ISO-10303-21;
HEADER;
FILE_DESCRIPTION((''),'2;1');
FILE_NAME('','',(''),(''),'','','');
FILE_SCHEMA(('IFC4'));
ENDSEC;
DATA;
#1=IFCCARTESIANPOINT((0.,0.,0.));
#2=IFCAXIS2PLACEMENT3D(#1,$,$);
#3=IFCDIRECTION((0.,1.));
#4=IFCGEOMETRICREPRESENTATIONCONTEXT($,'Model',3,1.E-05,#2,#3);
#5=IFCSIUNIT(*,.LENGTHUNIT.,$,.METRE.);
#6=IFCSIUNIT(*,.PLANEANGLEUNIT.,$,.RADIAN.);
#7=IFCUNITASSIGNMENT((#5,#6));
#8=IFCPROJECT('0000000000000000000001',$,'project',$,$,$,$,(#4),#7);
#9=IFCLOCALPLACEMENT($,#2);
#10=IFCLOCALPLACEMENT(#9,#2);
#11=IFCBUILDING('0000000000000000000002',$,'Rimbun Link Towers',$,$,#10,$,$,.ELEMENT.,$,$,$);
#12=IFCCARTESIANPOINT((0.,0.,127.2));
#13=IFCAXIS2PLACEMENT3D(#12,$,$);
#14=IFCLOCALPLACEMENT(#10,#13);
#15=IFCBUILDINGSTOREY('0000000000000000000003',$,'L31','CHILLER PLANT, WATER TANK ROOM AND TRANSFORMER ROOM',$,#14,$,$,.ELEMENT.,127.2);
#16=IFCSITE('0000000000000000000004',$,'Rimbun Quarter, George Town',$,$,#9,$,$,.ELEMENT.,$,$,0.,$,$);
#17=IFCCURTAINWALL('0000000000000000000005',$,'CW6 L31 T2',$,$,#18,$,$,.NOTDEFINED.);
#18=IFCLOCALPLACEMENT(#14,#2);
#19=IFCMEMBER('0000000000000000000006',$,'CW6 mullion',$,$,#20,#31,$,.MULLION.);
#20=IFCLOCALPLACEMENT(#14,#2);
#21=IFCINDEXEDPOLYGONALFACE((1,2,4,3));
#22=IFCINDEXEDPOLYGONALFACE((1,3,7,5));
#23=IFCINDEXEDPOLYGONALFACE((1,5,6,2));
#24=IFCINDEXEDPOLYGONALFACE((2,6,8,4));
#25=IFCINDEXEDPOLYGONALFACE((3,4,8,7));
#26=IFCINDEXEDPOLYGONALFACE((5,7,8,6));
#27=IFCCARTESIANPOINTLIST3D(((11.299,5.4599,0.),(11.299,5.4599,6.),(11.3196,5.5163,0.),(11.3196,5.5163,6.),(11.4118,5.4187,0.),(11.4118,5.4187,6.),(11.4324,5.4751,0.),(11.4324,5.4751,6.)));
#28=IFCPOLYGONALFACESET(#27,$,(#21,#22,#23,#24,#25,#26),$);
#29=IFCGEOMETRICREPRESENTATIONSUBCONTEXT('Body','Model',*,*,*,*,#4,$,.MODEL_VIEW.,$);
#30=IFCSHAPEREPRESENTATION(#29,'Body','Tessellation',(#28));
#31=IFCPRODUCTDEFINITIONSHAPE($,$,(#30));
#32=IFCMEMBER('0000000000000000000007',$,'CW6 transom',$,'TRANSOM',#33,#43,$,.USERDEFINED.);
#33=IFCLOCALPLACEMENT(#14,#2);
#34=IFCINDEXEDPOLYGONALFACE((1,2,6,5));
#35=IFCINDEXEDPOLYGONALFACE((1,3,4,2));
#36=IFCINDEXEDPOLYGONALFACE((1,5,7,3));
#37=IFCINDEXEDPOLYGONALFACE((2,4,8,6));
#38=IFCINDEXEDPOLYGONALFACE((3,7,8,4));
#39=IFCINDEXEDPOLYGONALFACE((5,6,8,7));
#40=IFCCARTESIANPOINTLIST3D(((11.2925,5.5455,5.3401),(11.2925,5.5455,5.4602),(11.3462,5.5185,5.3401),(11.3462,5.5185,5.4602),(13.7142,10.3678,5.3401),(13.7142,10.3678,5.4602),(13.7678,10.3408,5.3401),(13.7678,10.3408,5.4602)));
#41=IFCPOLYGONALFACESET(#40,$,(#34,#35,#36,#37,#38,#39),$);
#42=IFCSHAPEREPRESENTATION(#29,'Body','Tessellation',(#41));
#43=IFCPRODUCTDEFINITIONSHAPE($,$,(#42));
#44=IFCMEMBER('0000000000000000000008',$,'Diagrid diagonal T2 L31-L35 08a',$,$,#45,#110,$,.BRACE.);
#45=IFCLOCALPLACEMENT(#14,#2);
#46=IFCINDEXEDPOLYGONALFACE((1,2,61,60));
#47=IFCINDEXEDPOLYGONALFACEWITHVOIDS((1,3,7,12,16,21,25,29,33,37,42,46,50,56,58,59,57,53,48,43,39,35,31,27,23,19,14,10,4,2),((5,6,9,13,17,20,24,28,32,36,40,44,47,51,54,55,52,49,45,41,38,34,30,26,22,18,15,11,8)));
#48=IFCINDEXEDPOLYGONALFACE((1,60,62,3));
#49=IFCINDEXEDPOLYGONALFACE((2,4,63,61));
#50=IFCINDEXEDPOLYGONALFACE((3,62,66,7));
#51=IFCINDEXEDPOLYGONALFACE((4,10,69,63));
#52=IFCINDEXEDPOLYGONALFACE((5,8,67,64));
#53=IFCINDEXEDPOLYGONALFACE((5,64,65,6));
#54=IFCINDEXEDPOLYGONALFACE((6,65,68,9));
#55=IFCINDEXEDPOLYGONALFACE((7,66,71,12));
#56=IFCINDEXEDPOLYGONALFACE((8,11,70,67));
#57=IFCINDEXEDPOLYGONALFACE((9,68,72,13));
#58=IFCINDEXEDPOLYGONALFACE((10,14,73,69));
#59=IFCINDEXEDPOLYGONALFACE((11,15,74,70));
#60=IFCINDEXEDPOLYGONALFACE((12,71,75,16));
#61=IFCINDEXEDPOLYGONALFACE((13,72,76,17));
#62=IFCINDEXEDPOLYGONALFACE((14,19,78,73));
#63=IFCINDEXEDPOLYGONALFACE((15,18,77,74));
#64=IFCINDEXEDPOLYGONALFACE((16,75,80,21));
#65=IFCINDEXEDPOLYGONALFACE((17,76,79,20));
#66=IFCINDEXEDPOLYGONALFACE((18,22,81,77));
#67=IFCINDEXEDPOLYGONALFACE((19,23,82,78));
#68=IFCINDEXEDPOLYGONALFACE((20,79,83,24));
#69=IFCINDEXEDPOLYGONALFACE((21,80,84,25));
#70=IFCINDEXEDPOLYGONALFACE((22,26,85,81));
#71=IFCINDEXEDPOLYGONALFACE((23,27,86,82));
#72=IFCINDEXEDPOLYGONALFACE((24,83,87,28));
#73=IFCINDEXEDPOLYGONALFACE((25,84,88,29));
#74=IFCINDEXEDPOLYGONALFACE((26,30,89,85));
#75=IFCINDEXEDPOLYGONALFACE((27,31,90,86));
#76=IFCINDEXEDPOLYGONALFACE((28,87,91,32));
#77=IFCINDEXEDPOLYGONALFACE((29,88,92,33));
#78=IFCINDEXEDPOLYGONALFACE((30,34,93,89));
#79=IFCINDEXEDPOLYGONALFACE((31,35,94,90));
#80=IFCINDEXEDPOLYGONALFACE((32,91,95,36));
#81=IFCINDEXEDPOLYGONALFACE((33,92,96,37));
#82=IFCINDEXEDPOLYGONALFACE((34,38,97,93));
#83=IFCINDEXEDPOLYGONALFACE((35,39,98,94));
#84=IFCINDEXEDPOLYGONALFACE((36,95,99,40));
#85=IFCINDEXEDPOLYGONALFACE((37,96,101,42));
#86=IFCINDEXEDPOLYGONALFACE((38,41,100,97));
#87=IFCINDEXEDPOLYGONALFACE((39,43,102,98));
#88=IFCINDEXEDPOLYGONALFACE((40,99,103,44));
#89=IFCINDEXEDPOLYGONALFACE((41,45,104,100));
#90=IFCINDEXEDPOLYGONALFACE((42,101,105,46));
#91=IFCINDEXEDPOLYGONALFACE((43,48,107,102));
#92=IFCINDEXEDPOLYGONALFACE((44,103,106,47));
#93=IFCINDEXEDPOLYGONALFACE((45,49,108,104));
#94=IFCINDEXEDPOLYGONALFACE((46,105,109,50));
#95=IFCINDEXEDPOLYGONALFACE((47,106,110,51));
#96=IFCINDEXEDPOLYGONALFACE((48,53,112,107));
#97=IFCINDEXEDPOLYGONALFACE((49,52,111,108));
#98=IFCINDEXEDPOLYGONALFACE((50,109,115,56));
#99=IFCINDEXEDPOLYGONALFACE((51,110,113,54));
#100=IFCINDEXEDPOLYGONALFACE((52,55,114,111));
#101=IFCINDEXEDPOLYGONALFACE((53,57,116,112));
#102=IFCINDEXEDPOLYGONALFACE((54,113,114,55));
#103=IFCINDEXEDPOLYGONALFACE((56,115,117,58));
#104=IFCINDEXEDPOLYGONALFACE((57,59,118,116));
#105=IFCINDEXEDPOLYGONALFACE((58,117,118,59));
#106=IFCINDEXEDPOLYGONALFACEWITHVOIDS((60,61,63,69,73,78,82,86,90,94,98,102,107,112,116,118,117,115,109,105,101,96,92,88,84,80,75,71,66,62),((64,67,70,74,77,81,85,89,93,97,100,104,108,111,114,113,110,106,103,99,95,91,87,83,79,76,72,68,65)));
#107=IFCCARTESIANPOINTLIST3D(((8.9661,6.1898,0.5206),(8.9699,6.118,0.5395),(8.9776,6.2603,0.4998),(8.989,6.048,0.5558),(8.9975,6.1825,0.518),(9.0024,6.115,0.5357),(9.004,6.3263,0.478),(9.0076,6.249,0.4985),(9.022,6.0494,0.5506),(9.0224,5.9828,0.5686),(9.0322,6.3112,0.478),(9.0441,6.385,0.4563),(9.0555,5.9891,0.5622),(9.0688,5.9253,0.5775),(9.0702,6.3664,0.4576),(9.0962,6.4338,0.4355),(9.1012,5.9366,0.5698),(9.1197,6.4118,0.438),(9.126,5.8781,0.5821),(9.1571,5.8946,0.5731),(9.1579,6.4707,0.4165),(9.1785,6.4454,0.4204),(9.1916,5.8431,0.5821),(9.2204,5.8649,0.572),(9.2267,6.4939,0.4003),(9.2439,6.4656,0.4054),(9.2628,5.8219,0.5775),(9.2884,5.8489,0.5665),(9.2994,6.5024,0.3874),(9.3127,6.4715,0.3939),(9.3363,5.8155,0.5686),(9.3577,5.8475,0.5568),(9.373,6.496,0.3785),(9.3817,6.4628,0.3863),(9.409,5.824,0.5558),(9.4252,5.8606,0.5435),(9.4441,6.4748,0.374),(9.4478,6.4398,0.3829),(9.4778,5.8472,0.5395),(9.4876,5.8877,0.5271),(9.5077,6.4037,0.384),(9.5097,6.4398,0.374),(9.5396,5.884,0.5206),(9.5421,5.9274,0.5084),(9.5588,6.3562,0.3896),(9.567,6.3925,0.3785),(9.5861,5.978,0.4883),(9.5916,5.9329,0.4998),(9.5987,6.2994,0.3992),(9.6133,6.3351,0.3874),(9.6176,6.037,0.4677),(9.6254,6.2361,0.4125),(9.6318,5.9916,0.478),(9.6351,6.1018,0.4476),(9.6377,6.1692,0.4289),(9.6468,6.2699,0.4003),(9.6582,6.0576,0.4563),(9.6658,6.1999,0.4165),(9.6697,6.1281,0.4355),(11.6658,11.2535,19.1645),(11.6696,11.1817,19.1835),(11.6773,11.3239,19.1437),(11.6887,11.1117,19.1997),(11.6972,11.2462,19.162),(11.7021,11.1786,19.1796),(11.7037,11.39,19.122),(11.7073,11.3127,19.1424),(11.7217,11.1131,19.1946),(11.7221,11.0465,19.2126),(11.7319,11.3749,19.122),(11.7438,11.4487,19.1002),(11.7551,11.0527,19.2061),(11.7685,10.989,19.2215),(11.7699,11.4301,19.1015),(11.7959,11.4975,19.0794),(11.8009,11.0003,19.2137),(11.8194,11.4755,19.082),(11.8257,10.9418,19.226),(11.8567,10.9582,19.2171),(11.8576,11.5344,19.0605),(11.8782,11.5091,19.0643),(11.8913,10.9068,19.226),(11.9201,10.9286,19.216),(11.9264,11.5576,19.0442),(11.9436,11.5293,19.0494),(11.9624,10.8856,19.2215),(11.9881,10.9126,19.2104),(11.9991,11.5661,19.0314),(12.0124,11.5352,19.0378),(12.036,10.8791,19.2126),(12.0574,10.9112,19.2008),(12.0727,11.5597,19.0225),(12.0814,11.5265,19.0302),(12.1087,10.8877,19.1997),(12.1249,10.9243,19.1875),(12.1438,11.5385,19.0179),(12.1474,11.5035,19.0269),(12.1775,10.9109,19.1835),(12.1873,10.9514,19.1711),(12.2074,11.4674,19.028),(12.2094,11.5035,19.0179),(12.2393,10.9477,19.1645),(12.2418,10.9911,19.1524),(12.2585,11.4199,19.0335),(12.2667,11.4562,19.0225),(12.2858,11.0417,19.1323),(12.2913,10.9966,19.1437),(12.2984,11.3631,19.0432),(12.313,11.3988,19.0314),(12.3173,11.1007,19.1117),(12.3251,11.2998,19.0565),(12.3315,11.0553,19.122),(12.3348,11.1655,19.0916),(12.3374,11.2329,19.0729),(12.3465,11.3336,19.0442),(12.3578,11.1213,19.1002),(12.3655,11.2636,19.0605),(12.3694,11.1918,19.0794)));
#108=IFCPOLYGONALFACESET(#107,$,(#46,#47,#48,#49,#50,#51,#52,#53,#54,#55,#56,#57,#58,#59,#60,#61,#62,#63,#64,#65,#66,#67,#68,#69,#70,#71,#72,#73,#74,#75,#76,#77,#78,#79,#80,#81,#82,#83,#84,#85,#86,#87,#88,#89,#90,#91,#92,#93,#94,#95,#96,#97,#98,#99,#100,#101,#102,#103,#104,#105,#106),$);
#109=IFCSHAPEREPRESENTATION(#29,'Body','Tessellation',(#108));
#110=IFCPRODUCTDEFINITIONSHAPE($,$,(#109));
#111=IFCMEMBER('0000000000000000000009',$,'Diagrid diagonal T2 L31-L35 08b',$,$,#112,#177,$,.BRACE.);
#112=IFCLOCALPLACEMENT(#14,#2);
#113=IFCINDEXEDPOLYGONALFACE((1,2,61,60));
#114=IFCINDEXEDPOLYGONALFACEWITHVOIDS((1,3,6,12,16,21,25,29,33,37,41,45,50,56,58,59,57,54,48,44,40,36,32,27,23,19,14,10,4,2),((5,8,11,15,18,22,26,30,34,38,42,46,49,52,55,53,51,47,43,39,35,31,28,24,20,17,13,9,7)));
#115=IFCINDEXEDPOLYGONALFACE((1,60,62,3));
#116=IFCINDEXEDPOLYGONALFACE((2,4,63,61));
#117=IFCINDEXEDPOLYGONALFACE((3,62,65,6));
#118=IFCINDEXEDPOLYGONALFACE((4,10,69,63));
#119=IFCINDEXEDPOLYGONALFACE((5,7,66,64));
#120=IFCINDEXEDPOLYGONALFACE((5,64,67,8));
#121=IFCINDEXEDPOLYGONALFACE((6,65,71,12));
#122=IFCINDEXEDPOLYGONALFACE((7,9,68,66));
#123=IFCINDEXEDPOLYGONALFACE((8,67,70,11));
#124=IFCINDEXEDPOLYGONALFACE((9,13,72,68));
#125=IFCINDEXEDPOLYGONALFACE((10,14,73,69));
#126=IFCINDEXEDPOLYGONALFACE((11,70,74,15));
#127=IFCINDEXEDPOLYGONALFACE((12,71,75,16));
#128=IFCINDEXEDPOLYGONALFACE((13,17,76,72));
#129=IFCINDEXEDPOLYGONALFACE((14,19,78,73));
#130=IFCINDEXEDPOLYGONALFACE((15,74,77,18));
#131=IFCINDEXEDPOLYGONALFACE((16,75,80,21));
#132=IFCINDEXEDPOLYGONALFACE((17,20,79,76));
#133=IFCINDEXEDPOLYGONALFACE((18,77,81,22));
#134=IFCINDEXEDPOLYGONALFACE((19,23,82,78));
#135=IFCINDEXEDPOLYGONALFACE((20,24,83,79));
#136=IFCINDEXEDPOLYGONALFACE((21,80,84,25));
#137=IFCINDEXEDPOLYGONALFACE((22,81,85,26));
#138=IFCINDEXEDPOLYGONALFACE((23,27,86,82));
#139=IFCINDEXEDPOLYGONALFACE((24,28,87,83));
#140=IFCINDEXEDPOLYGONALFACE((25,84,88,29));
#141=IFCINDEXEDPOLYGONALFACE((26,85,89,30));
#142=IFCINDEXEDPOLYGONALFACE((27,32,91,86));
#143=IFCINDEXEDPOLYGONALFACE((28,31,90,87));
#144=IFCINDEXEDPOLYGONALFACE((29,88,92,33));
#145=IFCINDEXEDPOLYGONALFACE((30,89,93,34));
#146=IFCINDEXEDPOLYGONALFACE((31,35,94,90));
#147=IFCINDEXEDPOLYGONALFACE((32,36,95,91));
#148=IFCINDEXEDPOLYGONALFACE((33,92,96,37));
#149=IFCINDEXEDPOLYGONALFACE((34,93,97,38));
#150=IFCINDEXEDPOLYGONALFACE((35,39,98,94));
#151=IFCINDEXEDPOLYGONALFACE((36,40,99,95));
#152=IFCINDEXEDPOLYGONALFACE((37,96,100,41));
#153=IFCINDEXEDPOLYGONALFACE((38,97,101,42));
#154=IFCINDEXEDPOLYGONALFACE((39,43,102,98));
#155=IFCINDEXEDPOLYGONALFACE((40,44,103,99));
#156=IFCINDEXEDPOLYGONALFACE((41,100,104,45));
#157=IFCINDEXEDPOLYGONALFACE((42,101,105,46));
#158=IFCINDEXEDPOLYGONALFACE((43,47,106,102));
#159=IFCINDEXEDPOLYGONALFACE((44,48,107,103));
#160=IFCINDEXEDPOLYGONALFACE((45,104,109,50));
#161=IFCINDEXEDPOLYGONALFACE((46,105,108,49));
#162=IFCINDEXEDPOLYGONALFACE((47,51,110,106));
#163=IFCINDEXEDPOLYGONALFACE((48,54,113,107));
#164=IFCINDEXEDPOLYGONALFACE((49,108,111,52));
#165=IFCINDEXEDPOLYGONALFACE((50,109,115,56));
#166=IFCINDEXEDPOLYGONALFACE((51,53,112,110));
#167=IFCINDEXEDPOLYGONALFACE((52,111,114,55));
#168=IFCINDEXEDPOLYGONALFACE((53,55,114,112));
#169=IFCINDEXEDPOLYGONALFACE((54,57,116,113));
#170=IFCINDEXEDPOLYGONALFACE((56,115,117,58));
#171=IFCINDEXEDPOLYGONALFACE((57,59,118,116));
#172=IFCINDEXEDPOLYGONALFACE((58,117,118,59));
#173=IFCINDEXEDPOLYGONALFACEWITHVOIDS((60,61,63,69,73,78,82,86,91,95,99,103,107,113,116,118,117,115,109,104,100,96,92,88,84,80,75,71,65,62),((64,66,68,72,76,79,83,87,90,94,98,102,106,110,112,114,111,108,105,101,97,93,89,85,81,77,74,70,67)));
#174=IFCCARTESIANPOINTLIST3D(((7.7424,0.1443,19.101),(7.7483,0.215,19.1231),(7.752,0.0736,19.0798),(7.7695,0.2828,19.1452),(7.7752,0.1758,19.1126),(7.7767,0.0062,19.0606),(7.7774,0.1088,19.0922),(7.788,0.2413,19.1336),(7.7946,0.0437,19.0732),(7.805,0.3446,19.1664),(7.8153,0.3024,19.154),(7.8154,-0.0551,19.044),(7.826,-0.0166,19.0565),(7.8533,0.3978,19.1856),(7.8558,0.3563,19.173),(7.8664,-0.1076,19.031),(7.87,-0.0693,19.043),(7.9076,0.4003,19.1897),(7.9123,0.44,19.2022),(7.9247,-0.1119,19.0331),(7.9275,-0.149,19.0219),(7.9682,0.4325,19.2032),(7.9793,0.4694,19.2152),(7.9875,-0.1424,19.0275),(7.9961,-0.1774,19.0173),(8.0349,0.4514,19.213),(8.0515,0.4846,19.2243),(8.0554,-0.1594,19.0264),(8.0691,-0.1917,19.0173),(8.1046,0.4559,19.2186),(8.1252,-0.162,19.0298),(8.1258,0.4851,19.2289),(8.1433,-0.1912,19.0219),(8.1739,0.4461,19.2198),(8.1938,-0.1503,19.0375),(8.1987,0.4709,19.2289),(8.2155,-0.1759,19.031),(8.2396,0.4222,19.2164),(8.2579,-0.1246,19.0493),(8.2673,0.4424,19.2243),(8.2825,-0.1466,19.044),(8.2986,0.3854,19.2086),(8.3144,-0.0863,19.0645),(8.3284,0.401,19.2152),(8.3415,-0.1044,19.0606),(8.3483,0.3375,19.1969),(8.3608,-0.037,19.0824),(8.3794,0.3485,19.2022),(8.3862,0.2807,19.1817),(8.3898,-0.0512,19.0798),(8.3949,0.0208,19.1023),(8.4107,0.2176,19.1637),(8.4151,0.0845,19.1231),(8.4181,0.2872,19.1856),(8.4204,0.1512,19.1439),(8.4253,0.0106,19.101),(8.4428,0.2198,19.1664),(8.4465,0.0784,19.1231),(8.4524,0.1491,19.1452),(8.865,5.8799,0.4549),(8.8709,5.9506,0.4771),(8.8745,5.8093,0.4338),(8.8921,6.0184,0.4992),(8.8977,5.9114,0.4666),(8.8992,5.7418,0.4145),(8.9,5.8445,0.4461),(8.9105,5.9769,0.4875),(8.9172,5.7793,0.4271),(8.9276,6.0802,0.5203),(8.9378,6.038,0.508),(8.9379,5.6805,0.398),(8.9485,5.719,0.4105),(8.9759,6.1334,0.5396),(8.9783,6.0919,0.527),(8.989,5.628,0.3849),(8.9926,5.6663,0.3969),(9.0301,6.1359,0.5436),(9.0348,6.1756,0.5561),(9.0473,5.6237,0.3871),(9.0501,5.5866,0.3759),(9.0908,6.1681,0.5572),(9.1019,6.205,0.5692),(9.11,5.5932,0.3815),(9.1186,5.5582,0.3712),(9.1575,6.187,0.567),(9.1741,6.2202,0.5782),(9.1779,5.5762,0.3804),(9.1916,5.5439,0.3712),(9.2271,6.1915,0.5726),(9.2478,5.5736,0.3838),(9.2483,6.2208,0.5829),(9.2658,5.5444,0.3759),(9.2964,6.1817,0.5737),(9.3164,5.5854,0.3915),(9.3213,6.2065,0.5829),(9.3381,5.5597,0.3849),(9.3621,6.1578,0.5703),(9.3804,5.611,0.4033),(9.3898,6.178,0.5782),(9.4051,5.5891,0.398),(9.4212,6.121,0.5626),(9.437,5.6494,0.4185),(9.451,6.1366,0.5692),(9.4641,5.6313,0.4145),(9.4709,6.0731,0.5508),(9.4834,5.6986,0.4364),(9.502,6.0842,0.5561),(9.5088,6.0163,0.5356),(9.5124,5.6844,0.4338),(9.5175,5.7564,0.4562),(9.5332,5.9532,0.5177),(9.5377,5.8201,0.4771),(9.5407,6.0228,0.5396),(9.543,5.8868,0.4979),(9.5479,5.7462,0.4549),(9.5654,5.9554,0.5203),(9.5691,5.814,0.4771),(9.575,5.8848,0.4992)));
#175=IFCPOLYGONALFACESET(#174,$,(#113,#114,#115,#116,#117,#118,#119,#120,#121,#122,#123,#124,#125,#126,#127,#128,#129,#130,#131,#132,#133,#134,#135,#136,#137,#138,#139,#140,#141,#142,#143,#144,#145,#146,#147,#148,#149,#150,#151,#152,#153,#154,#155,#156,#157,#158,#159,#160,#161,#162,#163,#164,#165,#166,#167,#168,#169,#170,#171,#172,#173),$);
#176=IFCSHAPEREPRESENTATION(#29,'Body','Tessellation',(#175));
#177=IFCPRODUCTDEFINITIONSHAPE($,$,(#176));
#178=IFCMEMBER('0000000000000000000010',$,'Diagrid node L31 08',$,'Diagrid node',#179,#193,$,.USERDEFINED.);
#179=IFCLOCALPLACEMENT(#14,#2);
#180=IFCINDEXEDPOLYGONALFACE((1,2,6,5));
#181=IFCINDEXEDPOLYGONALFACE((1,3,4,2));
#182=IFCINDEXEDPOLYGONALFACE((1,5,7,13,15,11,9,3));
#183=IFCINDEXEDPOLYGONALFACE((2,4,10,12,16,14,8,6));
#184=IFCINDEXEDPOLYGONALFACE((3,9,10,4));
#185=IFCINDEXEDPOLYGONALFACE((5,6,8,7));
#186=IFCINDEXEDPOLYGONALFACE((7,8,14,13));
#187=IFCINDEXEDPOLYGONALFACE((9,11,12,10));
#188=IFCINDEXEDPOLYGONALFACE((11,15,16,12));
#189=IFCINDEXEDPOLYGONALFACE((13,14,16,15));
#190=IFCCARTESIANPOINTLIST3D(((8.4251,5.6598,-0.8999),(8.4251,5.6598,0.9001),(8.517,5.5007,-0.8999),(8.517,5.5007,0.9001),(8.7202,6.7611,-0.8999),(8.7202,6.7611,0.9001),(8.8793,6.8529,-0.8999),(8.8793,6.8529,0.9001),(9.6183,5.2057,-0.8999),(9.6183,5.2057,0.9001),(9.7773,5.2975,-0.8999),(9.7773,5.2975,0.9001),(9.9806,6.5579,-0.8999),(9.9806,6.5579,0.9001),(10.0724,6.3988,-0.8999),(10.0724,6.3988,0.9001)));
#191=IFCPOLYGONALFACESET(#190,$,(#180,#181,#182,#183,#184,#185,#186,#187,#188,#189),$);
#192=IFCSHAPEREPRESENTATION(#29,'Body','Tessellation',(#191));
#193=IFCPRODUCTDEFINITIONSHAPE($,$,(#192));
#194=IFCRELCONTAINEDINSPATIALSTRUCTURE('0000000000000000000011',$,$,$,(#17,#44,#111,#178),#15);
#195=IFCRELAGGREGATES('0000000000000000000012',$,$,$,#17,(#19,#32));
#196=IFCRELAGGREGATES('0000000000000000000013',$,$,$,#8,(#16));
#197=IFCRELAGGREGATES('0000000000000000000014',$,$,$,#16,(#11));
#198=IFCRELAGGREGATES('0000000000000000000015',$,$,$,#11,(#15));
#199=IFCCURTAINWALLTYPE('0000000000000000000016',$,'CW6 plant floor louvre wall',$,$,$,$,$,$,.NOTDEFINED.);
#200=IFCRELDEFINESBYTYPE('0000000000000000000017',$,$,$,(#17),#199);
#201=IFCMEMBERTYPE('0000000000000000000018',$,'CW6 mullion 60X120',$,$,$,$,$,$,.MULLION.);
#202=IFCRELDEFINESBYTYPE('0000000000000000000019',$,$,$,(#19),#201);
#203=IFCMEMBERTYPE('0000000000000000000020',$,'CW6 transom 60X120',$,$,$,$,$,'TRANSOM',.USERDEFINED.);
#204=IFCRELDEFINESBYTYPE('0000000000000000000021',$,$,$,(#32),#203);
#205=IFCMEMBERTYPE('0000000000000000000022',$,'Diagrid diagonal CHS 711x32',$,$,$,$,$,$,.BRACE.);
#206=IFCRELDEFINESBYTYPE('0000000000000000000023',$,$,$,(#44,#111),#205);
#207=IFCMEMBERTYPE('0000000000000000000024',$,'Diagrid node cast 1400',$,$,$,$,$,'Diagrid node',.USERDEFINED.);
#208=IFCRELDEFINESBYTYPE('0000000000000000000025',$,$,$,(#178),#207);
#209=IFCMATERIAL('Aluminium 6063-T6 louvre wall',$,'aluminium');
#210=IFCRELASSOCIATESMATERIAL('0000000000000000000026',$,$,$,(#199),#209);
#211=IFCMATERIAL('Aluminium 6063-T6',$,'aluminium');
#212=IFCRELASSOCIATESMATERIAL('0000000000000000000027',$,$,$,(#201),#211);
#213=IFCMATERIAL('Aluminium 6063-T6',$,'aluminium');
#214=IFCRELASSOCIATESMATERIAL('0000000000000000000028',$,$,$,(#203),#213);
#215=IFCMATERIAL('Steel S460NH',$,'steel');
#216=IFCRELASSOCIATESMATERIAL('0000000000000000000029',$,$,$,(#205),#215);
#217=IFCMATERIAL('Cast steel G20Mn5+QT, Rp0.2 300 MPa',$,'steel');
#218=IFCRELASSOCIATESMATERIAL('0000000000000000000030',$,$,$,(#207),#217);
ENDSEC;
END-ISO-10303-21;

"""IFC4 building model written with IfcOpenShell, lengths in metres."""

from ifc_helpers import new_model, si_unit, direction, frame, origin, origin_2d, place, context, subcontext, project, spatial, polyline, rectangle, hollow_circle, outline, extrude, material, material_profile, profile_set, type_object, element, aggregate, save


model = new_model("IFC4")

# Units and contexts
model_context = context("Model", 3, precision=1e-05, world=origin(), true_north=direction((0.0, 1.0)))
body_context = subcontext(model_context, "Body", "Model", "MODEL_VIEW")
ifc_project = project(units=[si_unit("LENGTHUNIT", "METRE"), si_unit("PLANEANGLEUNIT", "RADIAN")], contexts=[model_context])

# Site, building, storey
site_placement = place(None, origin())
site = spatial("IfcSite", under=ifc_project, at=site_placement, Name="Rimbun Quarter, George Town", CompositionType="ELEMENT", RefElevation=0.0)
building_placement = place(site_placement, origin())
building = spatial("IfcBuilding", under=site, at=building_placement, Name="Rimbun Link Towers", CompositionType="ELEMENT")
storey_placement = place(building_placement, frame((0.0, 0.0, 127.2)))
storey = spatial("IfcBuildingStorey", under=building, at=storey_placement, Name="L31", Description="CHILLER PLANT, WATER TANK ROOM AND TRANSFORMER ROOM", CompositionType="ELEMENT", Elevation=127.2)

# Curtain wall, members
ifc_material_1 = material(Name="Aluminium 6063-T6 louvre wall", Category="aluminium")
curtain_wall_type = type_object("IfcCurtainWallType", Name="CW6 plant floor louvre wall", PredefinedType="NOTDEFINED", material=ifc_material_1)
curtain_wall_placement = place(storey_placement, origin())
curtain_wall = element("IfcCurtainWall", 1, at=curtain_wall_placement, inside=storey, type_object=curtain_wall_type, Name="CW6 L31 T2", PredefinedType="NOTDEFINED")
ifc_material_2 = material(Name="Aluminium 6063-T6", Category="aluminium")
ifc_material_profile_1 = material_profile(ifc_material_2, rectangle(XDim=0.1201, YDim=0.0601, at=origin_2d()), Name="MULLION 60X120")
ifc_profile_set_1 = profile_set([ifc_material_profile_1], Name="Aluminium 6063-T6")
member_type_1 = type_object("IfcMemberType", Name="CW6 mullion 60X120", PredefinedType="MULLION", material=ifc_profile_set_1)
member_1_placement = place(storey_placement, frame((11.3657, 5.4675, 0.0), z_axis=(0.0, 0.0, 1.0), x_axis=(-0.939345, 0.342975, 0.0)))
member_1 = element("IfcMember", 2, at=member_1_placement, type_object=member_type_1, Name="CW6 mullion", PredefinedType="MULLION", context=body_context, shape_type="SweptSolid", body=[
    extrude(rectangle(XDim=0.1201, YDim=0.0601, at=origin_2d()), origin(), (0.0, 0.0, 1.0), 6.0),
])
ifc_material_3 = material(Name="Aluminium 6063-T6", Category="aluminium")
ifc_material_profile_2 = material_profile(ifc_material_3, rectangle(XDim=0.0601, YDim=0.1201, at=origin_2d()), Name="TRANSOM 60X120")
ifc_profile_set_2 = profile_set([ifc_material_profile_2], Name="Aluminium 6063-T6")
member_type_2 = type_object("IfcMemberType", Name="CW6 transom 60X120", ElementType="TRANSOM", PredefinedType="USERDEFINED", material=ifc_profile_set_2)
member_2_placement = place(storey_placement, frame((11.3193, 5.532, 5.4001), z_axis=(0.448769, 0.893648, 0.0), x_axis=(-0.893648, 0.448769, 0.0)))
member_2 = element("IfcMember", 3, at=member_2_placement, type_object=member_type_2, Name="CW6 transom", ObjectType="TRANSOM", PredefinedType="USERDEFINED", context=body_context, shape_type="SweptSolid", body=[
    extrude(rectangle(XDim=0.0601, YDim=0.1201, at=origin_2d()), origin(), (0.0, 0.0, 1.0), 5.3962),
])

# Members
ifc_material_4 = material(Name="Steel S460NH", Category="steel")
ifc_material_profile_3 = material_profile(ifc_material_4, hollow_circle(Radius=0.3557, WallThickness=0.032, at=origin_2d()), Name="Diagrid diagonal CHS 711x32")
ifc_profile_set_3 = profile_set([ifc_material_profile_3], Name="Steel S460NH")
member_type_3 = type_object("IfcMemberType", Name="Diagrid diagonal CHS 711x32", PredefinedType="BRACE", material=ifc_profile_set_3)
member_3_placement = place(storey_placement, frame((9.3179, 6.1589, 0.478), z_axis=(0.138396, 0.259582, 0.955753), x_axis=(-0.882421, 0.47046, 0.0)))
element("IfcMember", 4, at=member_3_placement, inside=storey, type_object=member_type_3, Name="Diagrid diagonal T2 L31-L35 08a", PredefinedType="BRACE", context=body_context, shape_type="SweptSolid", body=[
    extrude(hollow_circle(Radius=0.3557, WallThickness=0.032, at=origin_2d()), origin(), (0.0, 0.0, 1.0), 19.5071),
])
member_4_placement = place(storey_placement, frame((9.22, 5.8823, 0.4771), z_axis=(-0.057448, -0.293524, 0.954224), x_axis=(0.981381, -0.192074, 0.0)))
element("IfcMember", 5, at=member_4_placement, inside=storey, type_object=member_type_3, Name="Diagrid diagonal T2 L31-L35 08b", PredefinedType="BRACE", context=body_context, shape_type="SweptSolid", body=[
    extrude(hollow_circle(Radius=0.3557, WallThickness=0.032, at=origin_2d()), origin(), (0.0, 0.0, 1.0), 19.5405),
])
ifc_material_5 = material(Name="Cast steel G20Mn5+QT, Rp0.2 300 MPa", Category="steel")
ifc_material_profile_4 = material_profile(ifc_material_5, outline(polyline([(0.7, -0.5701), (0.7, 0.5701), (0.5701, 0.7), (-0.5701, 0.7), (-0.7, 0.5701), (-0.7, -0.5701), (-0.5701, -0.7), (0.5701, -0.7), (0.7, -0.5701)])), Name="NODE 1400x1400")
ifc_profile_set_4 = profile_set([ifc_material_profile_4], Name="Cast steel G20Mn5+QT, Rp0.2 300 MPa")
member_type_4 = type_object("IfcMemberType", Name="Diagrid node cast 1400", ElementType="Diagrid node", PredefinedType="USERDEFINED", material=ifc_profile_set_4)
member_5_placement = place(storey_placement, frame((9.2488, 6.0293, -0.8999), z_axis=(0.0, 0.0, 1.0), x_axis=(-0.965926, 0.258819, 0.0)))
element("IfcMember", 6, at=member_5_placement, inside=storey, type_object=member_type_4, Name="Diagrid node L31 08", ObjectType="Diagrid node", PredefinedType="USERDEFINED", context=body_context, shape_type="SweptSolid", body=[
    extrude(outline(polyline([(0.7, -0.5701), (0.7, 0.5701), (0.5701, 0.7), (-0.5701, 0.7), (-0.7, 0.5701), (-0.7, -0.5701), (-0.5701, -0.7), (0.5701, -0.7), (0.7, -0.5701)])), origin(), (0.0, 0.0, 1.0), 1.8),
])

aggregate(curtain_wall, [member_1, member_2])

save(model, "model.ifc")
